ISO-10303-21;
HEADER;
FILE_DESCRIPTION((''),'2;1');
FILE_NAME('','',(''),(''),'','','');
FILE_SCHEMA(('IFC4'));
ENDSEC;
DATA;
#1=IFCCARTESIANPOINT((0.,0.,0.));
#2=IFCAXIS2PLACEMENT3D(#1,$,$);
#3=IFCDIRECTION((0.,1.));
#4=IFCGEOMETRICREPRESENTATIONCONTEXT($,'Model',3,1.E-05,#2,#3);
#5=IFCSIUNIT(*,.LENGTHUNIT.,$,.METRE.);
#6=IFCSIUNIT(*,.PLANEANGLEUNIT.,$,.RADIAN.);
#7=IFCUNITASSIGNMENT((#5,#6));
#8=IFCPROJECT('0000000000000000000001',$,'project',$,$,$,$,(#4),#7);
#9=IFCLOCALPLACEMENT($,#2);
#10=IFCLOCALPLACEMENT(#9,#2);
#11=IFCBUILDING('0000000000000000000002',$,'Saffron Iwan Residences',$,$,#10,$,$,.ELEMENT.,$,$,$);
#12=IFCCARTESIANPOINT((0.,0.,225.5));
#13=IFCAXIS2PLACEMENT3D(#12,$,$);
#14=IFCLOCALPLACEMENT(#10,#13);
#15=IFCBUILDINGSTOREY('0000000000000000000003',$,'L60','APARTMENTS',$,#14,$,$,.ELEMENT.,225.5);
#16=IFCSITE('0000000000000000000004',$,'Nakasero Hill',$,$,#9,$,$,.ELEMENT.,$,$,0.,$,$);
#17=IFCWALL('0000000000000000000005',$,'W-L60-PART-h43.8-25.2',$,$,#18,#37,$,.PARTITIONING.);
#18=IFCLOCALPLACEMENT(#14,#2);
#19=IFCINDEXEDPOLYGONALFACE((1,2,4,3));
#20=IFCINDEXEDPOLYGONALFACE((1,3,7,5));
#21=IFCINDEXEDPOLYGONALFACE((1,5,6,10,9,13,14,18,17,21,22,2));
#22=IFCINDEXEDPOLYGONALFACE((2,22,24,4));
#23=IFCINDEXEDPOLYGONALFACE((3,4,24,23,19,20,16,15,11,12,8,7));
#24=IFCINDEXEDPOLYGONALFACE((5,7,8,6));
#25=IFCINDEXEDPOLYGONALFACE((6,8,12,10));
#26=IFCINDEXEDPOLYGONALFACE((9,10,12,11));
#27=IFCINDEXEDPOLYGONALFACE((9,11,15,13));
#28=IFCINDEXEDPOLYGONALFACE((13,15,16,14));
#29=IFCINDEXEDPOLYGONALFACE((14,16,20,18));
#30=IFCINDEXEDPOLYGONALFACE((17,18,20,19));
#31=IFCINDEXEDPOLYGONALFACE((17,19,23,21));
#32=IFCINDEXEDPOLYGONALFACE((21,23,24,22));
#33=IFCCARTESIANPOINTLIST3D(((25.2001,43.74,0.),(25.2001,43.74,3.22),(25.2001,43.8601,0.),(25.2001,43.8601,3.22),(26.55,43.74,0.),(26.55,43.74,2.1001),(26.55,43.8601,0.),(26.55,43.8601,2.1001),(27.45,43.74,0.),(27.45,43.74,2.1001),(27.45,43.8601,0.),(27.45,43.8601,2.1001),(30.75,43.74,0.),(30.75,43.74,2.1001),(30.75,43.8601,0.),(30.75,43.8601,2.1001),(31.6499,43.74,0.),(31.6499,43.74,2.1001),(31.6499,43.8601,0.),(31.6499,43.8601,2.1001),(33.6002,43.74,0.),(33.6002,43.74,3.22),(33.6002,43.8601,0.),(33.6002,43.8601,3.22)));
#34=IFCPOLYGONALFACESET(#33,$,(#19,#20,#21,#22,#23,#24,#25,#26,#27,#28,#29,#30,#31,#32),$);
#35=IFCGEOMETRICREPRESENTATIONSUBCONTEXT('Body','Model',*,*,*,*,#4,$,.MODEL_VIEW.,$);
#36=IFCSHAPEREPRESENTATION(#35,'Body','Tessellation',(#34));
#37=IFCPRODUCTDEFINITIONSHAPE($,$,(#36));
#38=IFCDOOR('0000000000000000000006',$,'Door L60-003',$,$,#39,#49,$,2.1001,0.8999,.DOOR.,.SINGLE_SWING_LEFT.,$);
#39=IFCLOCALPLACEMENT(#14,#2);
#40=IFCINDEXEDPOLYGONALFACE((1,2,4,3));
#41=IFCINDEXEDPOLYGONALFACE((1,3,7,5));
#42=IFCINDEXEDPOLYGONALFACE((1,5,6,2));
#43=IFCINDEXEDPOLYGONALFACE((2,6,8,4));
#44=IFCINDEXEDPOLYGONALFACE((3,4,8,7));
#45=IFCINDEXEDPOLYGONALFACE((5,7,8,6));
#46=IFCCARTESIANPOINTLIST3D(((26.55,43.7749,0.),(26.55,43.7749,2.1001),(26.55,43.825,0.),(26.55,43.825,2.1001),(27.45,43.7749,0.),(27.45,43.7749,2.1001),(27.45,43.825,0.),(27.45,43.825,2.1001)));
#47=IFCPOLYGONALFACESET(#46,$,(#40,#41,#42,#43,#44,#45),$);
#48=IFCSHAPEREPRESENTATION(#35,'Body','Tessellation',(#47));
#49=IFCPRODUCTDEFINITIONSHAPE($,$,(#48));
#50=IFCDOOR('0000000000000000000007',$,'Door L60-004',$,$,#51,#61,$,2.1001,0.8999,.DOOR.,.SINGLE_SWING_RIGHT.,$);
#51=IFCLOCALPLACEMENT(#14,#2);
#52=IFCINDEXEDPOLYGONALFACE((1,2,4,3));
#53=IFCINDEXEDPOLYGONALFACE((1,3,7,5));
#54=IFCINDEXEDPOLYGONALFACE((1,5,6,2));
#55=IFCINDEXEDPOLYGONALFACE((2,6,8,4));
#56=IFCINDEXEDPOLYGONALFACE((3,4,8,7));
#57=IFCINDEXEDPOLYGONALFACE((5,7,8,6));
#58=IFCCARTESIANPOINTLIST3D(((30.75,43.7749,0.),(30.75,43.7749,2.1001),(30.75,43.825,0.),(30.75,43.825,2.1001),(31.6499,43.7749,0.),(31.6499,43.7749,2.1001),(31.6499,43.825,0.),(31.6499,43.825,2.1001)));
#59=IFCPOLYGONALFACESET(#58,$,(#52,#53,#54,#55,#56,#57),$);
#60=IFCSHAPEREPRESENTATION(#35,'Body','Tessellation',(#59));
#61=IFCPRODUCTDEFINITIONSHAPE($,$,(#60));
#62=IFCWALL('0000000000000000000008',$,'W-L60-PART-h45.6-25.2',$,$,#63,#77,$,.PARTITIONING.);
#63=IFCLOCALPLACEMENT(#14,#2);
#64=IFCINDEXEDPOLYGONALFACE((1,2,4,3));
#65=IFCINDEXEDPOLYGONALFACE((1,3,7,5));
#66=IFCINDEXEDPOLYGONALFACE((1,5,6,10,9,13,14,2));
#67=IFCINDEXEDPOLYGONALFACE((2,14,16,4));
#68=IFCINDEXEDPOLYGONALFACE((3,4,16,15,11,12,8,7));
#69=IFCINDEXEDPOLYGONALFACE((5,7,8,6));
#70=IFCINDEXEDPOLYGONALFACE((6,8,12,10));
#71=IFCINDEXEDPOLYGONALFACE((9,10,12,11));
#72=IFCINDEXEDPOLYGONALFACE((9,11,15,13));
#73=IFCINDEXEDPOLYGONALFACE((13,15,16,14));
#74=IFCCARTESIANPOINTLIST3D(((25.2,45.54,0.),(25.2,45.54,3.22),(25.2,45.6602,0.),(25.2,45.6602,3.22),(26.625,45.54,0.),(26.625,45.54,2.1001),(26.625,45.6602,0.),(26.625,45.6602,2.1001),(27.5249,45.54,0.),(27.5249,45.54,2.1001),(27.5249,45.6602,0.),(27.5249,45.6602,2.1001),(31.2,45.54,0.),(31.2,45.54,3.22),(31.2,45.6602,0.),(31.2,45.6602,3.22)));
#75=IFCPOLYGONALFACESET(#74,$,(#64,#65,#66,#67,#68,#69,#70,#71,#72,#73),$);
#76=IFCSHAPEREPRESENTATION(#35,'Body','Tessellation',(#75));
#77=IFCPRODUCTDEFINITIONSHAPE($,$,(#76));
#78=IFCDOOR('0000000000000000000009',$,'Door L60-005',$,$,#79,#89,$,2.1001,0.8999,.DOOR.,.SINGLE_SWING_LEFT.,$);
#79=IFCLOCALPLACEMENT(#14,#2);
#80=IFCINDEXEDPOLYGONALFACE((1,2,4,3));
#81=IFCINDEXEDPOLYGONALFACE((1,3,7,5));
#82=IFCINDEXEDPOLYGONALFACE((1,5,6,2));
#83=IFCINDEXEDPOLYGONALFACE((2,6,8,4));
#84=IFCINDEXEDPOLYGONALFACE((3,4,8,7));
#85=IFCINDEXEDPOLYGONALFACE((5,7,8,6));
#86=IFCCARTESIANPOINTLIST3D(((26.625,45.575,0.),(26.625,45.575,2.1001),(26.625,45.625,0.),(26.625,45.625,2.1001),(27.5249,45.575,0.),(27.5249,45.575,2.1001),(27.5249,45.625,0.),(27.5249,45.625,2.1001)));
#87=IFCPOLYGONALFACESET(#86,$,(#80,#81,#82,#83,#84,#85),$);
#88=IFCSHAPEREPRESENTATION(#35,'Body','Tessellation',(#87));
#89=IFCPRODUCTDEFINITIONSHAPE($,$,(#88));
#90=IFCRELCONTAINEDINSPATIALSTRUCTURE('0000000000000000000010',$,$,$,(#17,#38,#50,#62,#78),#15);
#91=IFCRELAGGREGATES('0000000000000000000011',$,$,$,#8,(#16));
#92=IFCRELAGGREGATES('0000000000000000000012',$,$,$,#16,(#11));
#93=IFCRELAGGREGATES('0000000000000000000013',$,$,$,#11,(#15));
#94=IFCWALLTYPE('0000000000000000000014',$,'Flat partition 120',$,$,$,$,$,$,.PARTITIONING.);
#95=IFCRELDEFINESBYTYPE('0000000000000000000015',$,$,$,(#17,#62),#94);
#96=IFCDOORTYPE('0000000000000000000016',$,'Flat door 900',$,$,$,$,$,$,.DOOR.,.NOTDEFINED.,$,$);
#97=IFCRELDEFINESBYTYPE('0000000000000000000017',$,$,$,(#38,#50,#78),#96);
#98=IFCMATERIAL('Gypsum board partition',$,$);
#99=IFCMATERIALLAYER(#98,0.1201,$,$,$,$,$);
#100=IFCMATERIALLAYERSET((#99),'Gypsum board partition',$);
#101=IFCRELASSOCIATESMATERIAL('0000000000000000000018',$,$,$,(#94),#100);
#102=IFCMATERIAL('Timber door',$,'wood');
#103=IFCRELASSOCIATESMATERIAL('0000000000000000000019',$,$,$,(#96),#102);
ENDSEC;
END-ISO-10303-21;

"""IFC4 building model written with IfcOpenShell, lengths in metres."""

from ifc_helpers import new_model, si_unit, direction, frame, frame_2d, origin, place, context, subcontext, project, spatial, rectangle, extrude, material, layer, layer_set, type_object, element, fill, save


model = new_model("IFC4")

# Units and contexts
model_context = context("Model", 3, precision=1e-05, world=origin(), true_north=direction((0.0, 1.0)))
body_context = subcontext(model_context, "Body", "Model", "MODEL_VIEW")
ifc_project = project(units=[si_unit("LENGTHUNIT", "METRE"), si_unit("PLANEANGLEUNIT", "RADIAN")], contexts=[model_context])

# Site, building, storey
site_placement = place(None, origin())
site = spatial("IfcSite", under=ifc_project, at=site_placement, Name="Nakasero Hill", CompositionType="ELEMENT", RefElevation=0.0)
building_placement = place(site_placement, origin())
building = spatial("IfcBuilding", under=site, at=building_placement, Name="Saffron Iwan Residences", CompositionType="ELEMENT")
storey_placement = place(building_placement, frame((0.0, 0.0, 225.5)))
storey = spatial("IfcBuildingStorey", under=building, at=storey_placement, Name="L60", Description="APARTMENTS", CompositionType="ELEMENT", Elevation=225.5)

# Wall, openings, doors
ifc_material_1 = material(Name="Gypsum board partition")
ifc_layer_1 = layer(ifc_material_1, 0.1201)
ifc_layer_set_1 = layer_set([ifc_layer_1], Name="Gypsum board partition")
wall_type_1 = type_object("IfcWallType", Name="Flat partition 120", PredefinedType="PARTITIONING", material=ifc_layer_set_1)
wall_1_placement = place(storey_placement, frame((25.2, 43.8, 0.0), z_axis=(0.0, 0.0, 1.0), x_axis=(1.0, 0.0, 0.0)))
wall_1 = element("IfcWall", 1, at=wall_1_placement, inside=storey, type_object=wall_type_1, Name="W-L60-PART-h43.8-25.2", PredefinedType="PARTITIONING", context=body_context, shape_type="SweptSolid", body=[
    extrude(rectangle(XDim=8.4001, YDim=0.1201, at=frame_2d((4.2002, 0.0))), origin(), (0.0, 0.0, 1.0), 3.22),
])
opening_1_placement = place(wall_1_placement, frame((1.3501, 0.0, 0.0)))
opening_1 = element("IfcOpeningElement", 2, at=opening_1_placement, cuts=wall_1, PredefinedType="OPENING", context=body_context, shape_type="SweptSolid", body=[
    extrude(rectangle(XDim=0.8999, YDim=2.1001, at=frame_2d((0.45, 1.05))), frame((0.0, 0.0701, 0.0), z_axis=(0.0, -1.0, 0.0), x_axis=(1.0, 0.0, 0.0)), (0.0, 0.0, 1.0), 0.1401),
])
opening_2_placement = place(wall_1_placement, frame((5.55, 0.0, 0.0)))
opening_2 = element("IfcOpeningElement", 3, at=opening_2_placement, cuts=wall_1, PredefinedType="OPENING", context=body_context, shape_type="SweptSolid", body=[
    extrude(rectangle(XDim=0.8999, YDim=2.1001, at=frame_2d((0.45, 1.05))), frame((0.0, 0.0701, 0.0), z_axis=(0.0, -1.0, 0.0), x_axis=(1.0, 0.0, 0.0)), (0.0, 0.0, 1.0), 0.1401),
])
ifc_material_2 = material(Name="Timber door", Category="wood")
door_type_1 = type_object("IfcDoorType", Name="Flat door 900", OperationType="NOTDEFINED", PredefinedType="DOOR", material=ifc_material_2)
door_1_placement = place(opening_1_placement, origin())
door_1 = element("IfcDoor", 4, at=door_1_placement, inside=storey, type_object=door_type_1, Name="Door L60-003", OperationType="SINGLE_SWING_LEFT", OverallHeight=2.1001, OverallWidth=0.8999, PredefinedType="DOOR", context=body_context, shape_type="SweptSolid", body=[
    extrude(rectangle(XDim=0.8999, YDim=2.1001, at=frame_2d((0.45, 1.05))), frame((0.0, 0.0249, 0.0), z_axis=(0.0, -1.0, 0.0), x_axis=(1.0, 0.0, 0.0)), (0.0, 0.0, 1.0), 0.05),
])
fill(opening_1, door_1)
door_2_placement = place(opening_2_placement, origin())
door_2 = element("IfcDoor", 5, at=door_2_placement, inside=storey, type_object=door_type_1, Name="Door L60-004", OperationType="SINGLE_SWING_RIGHT", OverallHeight=2.1001, OverallWidth=0.8999, PredefinedType="DOOR", context=body_context, shape_type="SweptSolid", body=[
    extrude(rectangle(XDim=0.8999, YDim=2.1001, at=frame_2d((0.45, 1.05))), frame((0.0, 0.0249, 0.0), z_axis=(0.0, -1.0, 0.0), x_axis=(1.0, 0.0, 0.0)), (0.0, 0.0, 1.0), 0.05),
])
fill(opening_2, door_2)

# Wall, opening, door
wall_2_placement = place(storey_placement, frame((25.2, 45.6001, 0.0), z_axis=(0.0, 0.0, 1.0), x_axis=(1.0, 0.0, 0.0)))
wall_2 = element("IfcWall", 6, at=wall_2_placement, inside=storey, type_object=wall_type_1, Name="W-L60-PART-h45.6-25.2", PredefinedType="PARTITIONING", context=body_context, shape_type="SweptSolid", body=[
    extrude(rectangle(XDim=6.0, YDim=0.1201, at=frame_2d((3.0, 0.0))), origin(), (0.0, 0.0, 1.0), 3.22),
])
opening_3_placement = place(wall_2_placement, frame((1.425, 0.0, 0.0)))
opening_3 = element("IfcOpeningElement", 7, at=opening_3_placement, cuts=wall_2, PredefinedType="OPENING", context=body_context, shape_type="SweptSolid", body=[
    extrude(rectangle(XDim=0.8999, YDim=2.1001, at=frame_2d((0.45, 1.05))), frame((0.0, 0.0701, 0.0), z_axis=(0.0, -1.0, 0.0), x_axis=(1.0, 0.0, 0.0)), (0.0, 0.0, 1.0), 0.1401),
])
door_3_placement = place(opening_3_placement, origin())
door_3 = element("IfcDoor", 8, at=door_3_placement, inside=storey, type_object=door_type_1, Name="Door L60-005", OperationType="SINGLE_SWING_LEFT", OverallHeight=2.1001, OverallWidth=0.8999, PredefinedType="DOOR", context=body_context, shape_type="SweptSolid", body=[
    extrude(rectangle(XDim=0.8999, YDim=2.1001, at=frame_2d((0.45, 1.05))), frame((0.0, 0.0249, 0.0), z_axis=(0.0, -1.0, 0.0), x_axis=(1.0, 0.0, 0.0)), (0.0, 0.0, 1.0), 0.05),
])
fill(opening_3, door_3)

save(model, "model.ifc")
